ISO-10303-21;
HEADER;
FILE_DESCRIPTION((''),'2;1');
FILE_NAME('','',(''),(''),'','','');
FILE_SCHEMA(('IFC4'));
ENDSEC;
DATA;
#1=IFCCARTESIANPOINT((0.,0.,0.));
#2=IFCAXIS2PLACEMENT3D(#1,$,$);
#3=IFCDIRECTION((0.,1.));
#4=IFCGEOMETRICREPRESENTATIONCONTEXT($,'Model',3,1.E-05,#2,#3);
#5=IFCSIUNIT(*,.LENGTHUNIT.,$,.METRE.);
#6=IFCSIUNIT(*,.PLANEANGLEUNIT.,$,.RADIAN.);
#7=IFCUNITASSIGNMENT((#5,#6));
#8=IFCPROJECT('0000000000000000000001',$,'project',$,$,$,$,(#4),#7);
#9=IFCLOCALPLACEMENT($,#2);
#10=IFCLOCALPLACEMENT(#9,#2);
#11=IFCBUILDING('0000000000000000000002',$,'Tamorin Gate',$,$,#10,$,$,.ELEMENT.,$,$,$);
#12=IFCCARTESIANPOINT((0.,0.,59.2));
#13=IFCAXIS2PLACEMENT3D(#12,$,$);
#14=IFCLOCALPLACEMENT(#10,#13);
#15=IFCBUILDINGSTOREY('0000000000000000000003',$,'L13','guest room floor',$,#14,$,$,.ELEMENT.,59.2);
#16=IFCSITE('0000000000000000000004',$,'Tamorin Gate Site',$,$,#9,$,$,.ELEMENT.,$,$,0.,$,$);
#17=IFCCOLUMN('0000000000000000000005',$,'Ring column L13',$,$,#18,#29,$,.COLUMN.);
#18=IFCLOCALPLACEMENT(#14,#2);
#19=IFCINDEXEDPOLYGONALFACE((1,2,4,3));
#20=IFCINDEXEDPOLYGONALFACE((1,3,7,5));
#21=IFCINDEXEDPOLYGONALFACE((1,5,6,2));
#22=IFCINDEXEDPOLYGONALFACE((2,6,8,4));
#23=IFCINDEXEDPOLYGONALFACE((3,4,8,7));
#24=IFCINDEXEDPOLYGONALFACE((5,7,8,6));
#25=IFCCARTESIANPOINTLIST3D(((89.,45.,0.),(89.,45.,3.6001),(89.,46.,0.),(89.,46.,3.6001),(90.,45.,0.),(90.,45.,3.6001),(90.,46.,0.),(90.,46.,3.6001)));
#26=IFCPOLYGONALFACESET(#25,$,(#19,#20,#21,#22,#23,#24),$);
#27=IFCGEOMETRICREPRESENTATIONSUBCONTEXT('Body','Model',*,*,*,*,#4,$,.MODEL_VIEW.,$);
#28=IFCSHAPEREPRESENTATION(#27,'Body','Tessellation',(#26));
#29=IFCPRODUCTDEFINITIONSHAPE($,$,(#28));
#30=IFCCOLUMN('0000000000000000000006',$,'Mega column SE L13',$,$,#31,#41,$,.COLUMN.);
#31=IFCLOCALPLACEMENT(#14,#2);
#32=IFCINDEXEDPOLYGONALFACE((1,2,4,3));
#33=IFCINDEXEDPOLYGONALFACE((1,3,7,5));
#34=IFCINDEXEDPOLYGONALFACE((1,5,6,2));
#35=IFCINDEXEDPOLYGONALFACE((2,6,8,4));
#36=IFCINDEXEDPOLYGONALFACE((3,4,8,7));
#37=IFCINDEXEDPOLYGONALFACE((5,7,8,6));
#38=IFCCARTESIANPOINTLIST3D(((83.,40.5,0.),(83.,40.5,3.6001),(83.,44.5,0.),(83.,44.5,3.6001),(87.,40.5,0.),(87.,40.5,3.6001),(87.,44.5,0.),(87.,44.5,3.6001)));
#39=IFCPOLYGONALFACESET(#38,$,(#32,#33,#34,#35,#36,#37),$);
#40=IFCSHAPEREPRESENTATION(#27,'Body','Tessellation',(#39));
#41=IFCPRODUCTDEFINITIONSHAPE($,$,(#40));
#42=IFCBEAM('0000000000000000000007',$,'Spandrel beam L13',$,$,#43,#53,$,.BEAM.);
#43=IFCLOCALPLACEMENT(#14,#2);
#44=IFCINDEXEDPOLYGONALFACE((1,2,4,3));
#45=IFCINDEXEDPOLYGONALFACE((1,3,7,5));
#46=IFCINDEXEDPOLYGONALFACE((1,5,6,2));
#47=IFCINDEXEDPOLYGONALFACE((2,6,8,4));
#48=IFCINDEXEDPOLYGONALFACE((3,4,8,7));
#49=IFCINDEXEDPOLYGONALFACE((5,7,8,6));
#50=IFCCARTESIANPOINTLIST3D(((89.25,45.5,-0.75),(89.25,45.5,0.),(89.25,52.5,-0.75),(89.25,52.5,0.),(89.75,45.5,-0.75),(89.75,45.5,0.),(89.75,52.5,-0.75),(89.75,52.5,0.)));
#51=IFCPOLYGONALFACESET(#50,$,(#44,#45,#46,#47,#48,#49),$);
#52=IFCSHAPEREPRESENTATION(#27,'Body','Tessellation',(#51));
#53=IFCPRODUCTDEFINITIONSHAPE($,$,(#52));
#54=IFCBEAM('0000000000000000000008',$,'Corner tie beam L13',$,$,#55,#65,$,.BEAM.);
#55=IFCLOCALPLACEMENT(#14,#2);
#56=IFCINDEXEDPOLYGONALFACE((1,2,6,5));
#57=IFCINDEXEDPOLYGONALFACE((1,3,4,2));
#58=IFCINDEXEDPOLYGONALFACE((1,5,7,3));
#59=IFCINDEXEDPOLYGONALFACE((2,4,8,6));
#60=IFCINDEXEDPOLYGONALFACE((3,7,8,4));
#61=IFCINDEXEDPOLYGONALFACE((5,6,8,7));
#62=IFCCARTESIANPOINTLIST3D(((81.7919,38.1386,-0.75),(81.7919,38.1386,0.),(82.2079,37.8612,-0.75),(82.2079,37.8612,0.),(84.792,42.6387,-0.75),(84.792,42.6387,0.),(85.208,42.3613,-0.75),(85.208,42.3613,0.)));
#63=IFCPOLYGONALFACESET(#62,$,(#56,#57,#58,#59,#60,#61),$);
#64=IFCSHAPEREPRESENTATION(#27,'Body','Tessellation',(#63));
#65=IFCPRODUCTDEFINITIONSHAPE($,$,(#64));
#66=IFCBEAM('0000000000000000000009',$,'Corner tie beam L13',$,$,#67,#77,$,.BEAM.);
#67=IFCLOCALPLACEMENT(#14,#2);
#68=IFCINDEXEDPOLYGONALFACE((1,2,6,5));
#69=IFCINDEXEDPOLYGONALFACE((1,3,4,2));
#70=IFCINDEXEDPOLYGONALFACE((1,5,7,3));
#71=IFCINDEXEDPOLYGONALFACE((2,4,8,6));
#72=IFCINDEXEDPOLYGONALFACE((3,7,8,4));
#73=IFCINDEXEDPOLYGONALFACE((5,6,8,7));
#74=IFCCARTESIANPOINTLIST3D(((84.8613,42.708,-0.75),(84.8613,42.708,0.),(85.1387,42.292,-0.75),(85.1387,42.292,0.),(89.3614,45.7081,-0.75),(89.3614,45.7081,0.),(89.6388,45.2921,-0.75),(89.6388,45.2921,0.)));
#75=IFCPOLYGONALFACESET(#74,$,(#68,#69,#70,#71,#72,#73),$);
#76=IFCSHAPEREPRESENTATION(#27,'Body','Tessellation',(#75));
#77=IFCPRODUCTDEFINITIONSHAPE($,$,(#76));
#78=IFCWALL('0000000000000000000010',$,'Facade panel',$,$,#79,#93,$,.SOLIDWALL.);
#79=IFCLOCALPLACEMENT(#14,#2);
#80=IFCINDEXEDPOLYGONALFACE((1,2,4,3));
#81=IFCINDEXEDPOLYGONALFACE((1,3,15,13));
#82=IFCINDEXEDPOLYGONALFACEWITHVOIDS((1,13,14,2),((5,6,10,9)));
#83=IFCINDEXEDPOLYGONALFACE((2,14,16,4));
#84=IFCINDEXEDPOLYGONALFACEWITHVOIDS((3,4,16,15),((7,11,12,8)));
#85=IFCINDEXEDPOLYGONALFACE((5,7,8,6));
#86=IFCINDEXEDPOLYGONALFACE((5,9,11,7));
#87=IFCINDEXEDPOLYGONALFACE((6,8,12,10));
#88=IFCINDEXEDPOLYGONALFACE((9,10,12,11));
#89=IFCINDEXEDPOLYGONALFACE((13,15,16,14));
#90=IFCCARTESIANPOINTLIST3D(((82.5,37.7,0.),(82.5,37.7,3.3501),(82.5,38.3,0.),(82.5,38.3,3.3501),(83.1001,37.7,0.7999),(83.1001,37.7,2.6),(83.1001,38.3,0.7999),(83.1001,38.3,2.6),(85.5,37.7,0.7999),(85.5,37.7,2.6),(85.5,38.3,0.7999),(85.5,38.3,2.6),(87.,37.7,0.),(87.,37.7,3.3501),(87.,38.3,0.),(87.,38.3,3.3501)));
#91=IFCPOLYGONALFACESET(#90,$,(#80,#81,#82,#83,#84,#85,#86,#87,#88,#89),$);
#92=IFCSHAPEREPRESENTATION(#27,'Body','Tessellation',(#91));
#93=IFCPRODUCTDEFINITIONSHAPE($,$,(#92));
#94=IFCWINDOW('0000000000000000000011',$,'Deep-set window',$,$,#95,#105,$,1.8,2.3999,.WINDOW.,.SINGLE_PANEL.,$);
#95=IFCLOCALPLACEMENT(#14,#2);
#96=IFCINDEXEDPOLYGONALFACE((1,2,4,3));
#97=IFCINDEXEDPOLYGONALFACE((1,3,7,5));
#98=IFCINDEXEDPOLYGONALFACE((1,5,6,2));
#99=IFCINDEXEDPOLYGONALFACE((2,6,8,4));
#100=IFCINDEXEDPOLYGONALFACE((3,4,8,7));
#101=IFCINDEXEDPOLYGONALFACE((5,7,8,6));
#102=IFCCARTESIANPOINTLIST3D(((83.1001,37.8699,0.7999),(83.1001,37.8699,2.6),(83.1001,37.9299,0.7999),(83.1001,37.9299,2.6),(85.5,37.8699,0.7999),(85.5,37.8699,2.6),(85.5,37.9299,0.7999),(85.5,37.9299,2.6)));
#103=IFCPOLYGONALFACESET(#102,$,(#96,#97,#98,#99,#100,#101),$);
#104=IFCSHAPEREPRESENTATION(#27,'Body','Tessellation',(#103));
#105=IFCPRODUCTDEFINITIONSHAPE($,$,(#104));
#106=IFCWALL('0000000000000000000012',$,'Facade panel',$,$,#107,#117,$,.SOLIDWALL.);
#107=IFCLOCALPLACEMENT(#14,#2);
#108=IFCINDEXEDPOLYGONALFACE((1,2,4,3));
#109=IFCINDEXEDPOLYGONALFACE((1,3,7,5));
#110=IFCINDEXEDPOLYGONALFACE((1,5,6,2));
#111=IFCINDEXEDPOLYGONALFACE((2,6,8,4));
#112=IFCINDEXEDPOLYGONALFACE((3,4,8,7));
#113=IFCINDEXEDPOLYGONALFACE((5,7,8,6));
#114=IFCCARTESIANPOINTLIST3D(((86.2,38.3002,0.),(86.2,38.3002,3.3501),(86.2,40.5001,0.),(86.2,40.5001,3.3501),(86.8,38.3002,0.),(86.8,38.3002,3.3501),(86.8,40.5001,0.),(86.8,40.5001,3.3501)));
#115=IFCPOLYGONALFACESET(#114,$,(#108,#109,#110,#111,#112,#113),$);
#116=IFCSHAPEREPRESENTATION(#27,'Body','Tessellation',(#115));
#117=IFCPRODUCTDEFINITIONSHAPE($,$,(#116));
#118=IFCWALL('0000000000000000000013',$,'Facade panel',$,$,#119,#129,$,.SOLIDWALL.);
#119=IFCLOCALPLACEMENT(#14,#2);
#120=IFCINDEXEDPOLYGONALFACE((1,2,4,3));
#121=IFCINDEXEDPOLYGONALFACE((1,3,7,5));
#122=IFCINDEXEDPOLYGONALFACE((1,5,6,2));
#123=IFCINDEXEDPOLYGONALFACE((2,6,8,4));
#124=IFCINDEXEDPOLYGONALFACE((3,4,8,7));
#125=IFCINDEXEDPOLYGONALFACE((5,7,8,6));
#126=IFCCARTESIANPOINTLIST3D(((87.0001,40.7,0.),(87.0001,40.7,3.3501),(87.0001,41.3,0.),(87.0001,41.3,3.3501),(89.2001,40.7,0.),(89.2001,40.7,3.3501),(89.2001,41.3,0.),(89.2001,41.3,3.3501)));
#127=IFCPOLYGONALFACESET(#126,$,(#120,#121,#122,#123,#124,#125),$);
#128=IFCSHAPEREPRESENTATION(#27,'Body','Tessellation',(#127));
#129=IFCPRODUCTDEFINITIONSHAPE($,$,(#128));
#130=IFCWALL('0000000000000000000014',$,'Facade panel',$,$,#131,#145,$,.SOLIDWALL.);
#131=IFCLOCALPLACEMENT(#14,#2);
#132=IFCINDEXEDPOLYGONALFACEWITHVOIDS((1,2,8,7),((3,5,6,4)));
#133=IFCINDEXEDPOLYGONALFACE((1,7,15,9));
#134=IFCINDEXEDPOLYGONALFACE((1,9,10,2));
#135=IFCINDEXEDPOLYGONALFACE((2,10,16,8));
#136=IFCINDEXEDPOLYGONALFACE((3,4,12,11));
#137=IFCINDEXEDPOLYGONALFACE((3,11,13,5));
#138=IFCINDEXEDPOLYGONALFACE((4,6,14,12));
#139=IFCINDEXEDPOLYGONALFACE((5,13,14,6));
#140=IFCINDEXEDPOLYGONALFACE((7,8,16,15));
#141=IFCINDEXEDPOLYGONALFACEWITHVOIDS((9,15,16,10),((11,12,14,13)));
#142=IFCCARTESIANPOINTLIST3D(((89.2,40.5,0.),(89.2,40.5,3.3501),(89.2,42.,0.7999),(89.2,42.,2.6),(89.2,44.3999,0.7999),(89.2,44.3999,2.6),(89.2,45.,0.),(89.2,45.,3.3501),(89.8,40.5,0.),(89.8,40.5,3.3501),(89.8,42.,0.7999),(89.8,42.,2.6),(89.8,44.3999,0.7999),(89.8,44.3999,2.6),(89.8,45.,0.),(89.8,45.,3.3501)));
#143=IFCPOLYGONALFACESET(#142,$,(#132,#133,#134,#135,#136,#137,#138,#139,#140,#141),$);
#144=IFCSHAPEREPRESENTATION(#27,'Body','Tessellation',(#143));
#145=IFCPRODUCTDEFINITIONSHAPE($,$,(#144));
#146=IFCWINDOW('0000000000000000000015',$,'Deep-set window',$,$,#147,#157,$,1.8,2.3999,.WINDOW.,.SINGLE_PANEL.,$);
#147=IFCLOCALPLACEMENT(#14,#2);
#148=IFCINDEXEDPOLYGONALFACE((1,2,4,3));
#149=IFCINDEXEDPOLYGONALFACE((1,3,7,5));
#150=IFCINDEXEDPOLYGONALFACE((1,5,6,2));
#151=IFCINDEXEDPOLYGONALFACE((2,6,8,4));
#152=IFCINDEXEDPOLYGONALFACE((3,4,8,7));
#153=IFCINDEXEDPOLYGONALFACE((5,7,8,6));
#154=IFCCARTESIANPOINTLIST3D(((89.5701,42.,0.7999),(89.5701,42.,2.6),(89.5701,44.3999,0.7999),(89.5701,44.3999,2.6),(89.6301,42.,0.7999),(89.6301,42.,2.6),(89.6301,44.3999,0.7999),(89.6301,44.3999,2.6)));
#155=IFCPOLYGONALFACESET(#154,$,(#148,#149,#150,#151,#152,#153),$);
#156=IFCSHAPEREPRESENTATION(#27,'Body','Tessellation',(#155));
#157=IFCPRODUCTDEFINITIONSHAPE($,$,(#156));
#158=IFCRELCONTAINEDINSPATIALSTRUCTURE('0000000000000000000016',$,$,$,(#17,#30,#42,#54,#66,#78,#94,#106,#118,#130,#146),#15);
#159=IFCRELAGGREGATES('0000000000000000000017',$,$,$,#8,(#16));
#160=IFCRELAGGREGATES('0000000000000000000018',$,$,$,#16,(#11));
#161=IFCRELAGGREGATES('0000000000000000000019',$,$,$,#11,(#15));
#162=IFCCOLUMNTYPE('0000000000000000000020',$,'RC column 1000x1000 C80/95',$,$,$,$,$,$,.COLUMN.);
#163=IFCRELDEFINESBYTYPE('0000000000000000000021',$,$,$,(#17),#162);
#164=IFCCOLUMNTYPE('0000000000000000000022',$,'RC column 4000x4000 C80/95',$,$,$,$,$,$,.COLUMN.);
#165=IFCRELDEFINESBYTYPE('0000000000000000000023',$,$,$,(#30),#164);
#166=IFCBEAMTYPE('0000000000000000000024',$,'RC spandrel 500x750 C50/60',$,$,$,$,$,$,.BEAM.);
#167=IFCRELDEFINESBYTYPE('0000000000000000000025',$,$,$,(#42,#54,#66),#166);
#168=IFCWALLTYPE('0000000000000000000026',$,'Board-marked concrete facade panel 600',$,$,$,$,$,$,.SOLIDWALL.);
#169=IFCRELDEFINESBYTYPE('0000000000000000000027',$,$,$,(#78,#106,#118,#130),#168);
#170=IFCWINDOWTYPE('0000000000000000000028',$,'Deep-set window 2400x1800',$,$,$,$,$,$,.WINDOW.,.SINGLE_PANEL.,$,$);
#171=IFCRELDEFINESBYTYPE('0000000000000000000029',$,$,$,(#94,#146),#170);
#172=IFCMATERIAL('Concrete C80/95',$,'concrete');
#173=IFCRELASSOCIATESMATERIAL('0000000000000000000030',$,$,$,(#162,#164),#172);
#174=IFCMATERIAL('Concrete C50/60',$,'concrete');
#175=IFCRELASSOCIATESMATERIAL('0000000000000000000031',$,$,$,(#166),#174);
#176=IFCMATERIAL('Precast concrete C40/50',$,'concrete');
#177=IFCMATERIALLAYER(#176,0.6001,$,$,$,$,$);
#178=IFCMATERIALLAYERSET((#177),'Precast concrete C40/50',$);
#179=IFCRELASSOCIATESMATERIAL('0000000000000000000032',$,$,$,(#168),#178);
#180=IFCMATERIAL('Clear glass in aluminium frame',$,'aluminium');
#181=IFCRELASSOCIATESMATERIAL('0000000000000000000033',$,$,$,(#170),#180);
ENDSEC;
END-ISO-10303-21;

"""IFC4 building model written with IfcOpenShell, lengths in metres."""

from ifc_helpers import new_model, si_unit, direction, frame, frame_2d, origin, origin_2d, place, context, subcontext, project, spatial, rectangle, extrude, material, layer, layer_set, material_profile, profile_set, type_object, element, fill, save


model = new_model("IFC4")

# Units and contexts
model_context = context("Model", 3, precision=1e-05, world=origin(), true_north=direction((0.0, 1.0)))
body_context = subcontext(model_context, "Body", "Model", "MODEL_VIEW")
ifc_project = project(units=[si_unit("LENGTHUNIT", "METRE"), si_unit("PLANEANGLEUNIT", "RADIAN")], contexts=[model_context])

# Site, building, storey
site_placement = place(None, origin())
site = spatial("IfcSite", under=ifc_project, at=site_placement, Name="Tamorin Gate Site", CompositionType="ELEMENT", RefElevation=0.0)
building_placement = place(site_placement, origin())
building = spatial("IfcBuilding", under=site, at=building_placement, Name="Tamorin Gate", CompositionType="ELEMENT")
storey_placement = place(building_placement, frame((0.0, 0.0, 59.2)))
storey = spatial("IfcBuildingStorey", under=building, at=storey_placement, Name="L13", Description="guest room floor", CompositionType="ELEMENT", Elevation=59.2)

# Columns
ifc_material_1 = material(Name="Concrete C80/95", Category="concrete")
ifc_material_profile_1 = material_profile(ifc_material_1, rectangle(XDim=1.0, YDim=1.0, at=origin_2d()), Name="RC 1000x1000")
ifc_profile_set_1 = profile_set([ifc_material_profile_1], Name="Concrete C80/95")
column_type_1 = type_object("IfcColumnType", Name="RC column 1000x1000 C80/95", PredefinedType="COLUMN", material=ifc_profile_set_1)
column_1_placement = place(storey_placement, frame((89.5, 45.5, 0.0), z_axis=(0.0, 0.0, 1.0), x_axis=(1.0, 0.0, 0.0)))
element("IfcColumn", 1, at=column_1_placement, inside=storey, type_object=column_type_1, Name="Ring column L13", PredefinedType="COLUMN", context=body_context, shape_type="SweptSolid", body=[
    extrude(rectangle(XDim=1.0, YDim=1.0, at=origin_2d()), origin(), (0.0, 0.0, 1.0), 3.6001),
])
ifc_material_profile_2 = material_profile(ifc_material_1, rectangle(XDim=4.0, YDim=4.0, at=origin_2d()), Name="RC 4000x4000")
ifc_profile_set_2 = profile_set([ifc_material_profile_2], Name="Concrete C80/95")
column_type_2 = type_object("IfcColumnType", Name="RC column 4000x4000 C80/95", PredefinedType="COLUMN", material=ifc_profile_set_2)
column_2_placement = place(storey_placement, frame((85.0, 42.5, 0.0), z_axis=(0.0, 0.0, 1.0), x_axis=(1.0, 0.0, 0.0)))
element("IfcColumn", 2, at=column_2_placement, inside=storey, type_object=column_type_2, Name="Mega column SE L13", PredefinedType="COLUMN", context=body_context, shape_type="SweptSolid", body=[
    extrude(rectangle(XDim=4.0, YDim=4.0, at=origin_2d()), origin(), (0.0, 0.0, 1.0), 3.6001),
])

# Beams
ifc_material_2 = material(Name="Concrete C50/60", Category="concrete")
ifc_material_profile_3 = material_profile(ifc_material_2, rectangle(XDim=0.5, YDim=0.75, at=origin_2d()), Name="RC 500x750")
ifc_profile_set_3 = profile_set([ifc_material_profile_3], Name="Concrete C50/60")
beam_type = type_object("IfcBeamType", Name="RC spandrel 500x750 C50/60", PredefinedType="BEAM", material=ifc_profile_set_3)
beam_placement = place(storey_placement, frame((89.5, 45.5, -0.375), z_axis=(0.0, 1.0, 0.0), x_axis=(-1.0, 0.0, 0.0)))
element("IfcBeam", 3, at=beam_placement, inside=storey, type_object=beam_type, Name="Spandrel beam L13", PredefinedType="BEAM", context=body_context, shape_type="SweptSolid", body=[
    extrude(rectangle(XDim=0.5, YDim=0.75, at=origin_2d()), origin(), (0.0, 0.0, 1.0), 7.0),
])
for number, where, z_axis, x_axis, name in (
    (4, (85.0, 42.5, -0.375), (-0.5547, -0.83205, 0.0), (0.83205, -0.5547, 0.0), "Corner tie beam L13"),
    (5, (85.0, 42.5, -0.375), (0.83205, 0.5547, 0.0), (-0.5547, 0.83205, 0.0), "Corner tie beam L13"),
):
    element("IfcBeam", number, at=place(storey_placement, frame(where, z_axis=z_axis, x_axis=x_axis)), inside=storey, type_object=beam_type, Name=name, PredefinedType="BEAM", context=body_context, shape_type="SweptSolid", body=[
        extrude(rectangle(XDim=0.5, YDim=0.75, at=origin_2d()), origin(), (0.0, 0.0, 1.0), 5.4084),
    ])

# Wall, opening, window
ifc_material_3 = material(Name="Precast concrete C40/50", Category="concrete")
ifc_layer_1 = layer(ifc_material_3, 0.6001)
ifc_layer_set_1 = layer_set([ifc_layer_1], Name="Precast concrete C40/50")
wall_type_1 = type_object("IfcWallType", Name="Board-marked concrete facade panel 600", PredefinedType="SOLIDWALL", material=ifc_layer_set_1)
wall_1_placement = place(storey_placement, frame((82.5, 38.0, 0.0), z_axis=(0.0, 0.0, 1.0), x_axis=(1.0, 0.0, 0.0)))
wall_1 = element("IfcWall", 6, at=wall_1_placement, inside=storey, type_object=wall_type_1, Name="Facade panel", PredefinedType="SOLIDWALL", context=body_context, shape_type="SweptSolid", body=[
    extrude(rectangle(XDim=4.5, YDim=0.6001, at=frame_2d((2.25, 0.0))), origin(), (0.0, 0.0, 1.0), 3.3501),
])
opening_1_placement = place(wall_1_placement, frame((0.6001, 0.0, 0.8)))
opening_1 = element("IfcOpeningElement", 7, at=opening_1_placement, cuts=wall_1, PredefinedType="OPENING", context=body_context, shape_type="SweptSolid", body=[
    extrude(rectangle(XDim=2.3999, YDim=1.8, at=frame_2d((1.2, 0.8999))), frame((0.0, 0.3101, 0.0), z_axis=(0.0, -1.0, 0.0), x_axis=(1.0, 0.0, 0.0)), (0.0, 0.0, 1.0), 0.6201),
])
ifc_material_4 = material(Name="Clear glass in aluminium frame", Category="aluminium")
window_type = type_object("IfcWindowType", Name="Deep-set window 2400x1800", PartitioningType="SINGLE_PANEL", PredefinedType="WINDOW", material=ifc_material_4)
window_1_placement = place(opening_1_placement, origin())
window_1 = element("IfcWindow", 8, at=window_1_placement, inside=storey, type_object=window_type, Name="Deep-set window", OverallHeight=1.8, OverallWidth=2.3999, PartitioningType="SINGLE_PANEL", PredefinedType="WINDOW", context=body_context, shape_type="SweptSolid", body=[
    extrude(rectangle(XDim=2.3999, YDim=1.8, at=frame_2d((1.2, 0.8999))), frame((0.0, -0.0701, 0.0), z_axis=(0.0, -1.0, 0.0), x_axis=(1.0, 0.0, 0.0)), (0.0, 0.0, 1.0), 0.0601),
])
fill(opening_1, window_1)

# Walls
for number, where, z_axis, x_axis, name in (
    (9, (86.5, 38.3, 0.0), (0.0, 0.0, 1.0), (0.0, 1.0, 0.0), "Facade panel"),
    (10, (87.0, 41.0, 0.0), (0.0, 0.0, 1.0), (1.0, 0.0, 0.0), "Facade panel"),
):
    element("IfcWall", number, at=place(storey_placement, frame(where, z_axis=z_axis, x_axis=x_axis)), inside=storey, type_object=wall_type_1, Name=name, PredefinedType="SOLIDWALL", context=body_context, shape_type="SweptSolid", body=[
        extrude(rectangle(XDim=2.2, YDim=0.6001, at=frame_2d((1.1001, 0.0))), origin(), (0.0, 0.0, 1.0), 3.3501),
    ])

# Wall, opening, window
wall_2_placement = place(storey_placement, frame((89.5, 40.5, 0.0), z_axis=(0.0, 0.0, 1.0), x_axis=(0.0, 1.0, 0.0)))
wall_2 = element("IfcWall", 11, at=wall_2_placement, inside=storey, type_object=wall_type_1, Name="Facade panel", PredefinedType="SOLIDWALL", context=body_context, shape_type="SweptSolid", body=[
    extrude(rectangle(XDim=4.5, YDim=0.6001, at=frame_2d((2.25, 0.0))), origin(), (0.0, 0.0, 1.0), 3.3501),
])
opening_2_placement = place(wall_2_placement, frame((1.5, 0.0, 0.8)))
opening_2 = element("IfcOpeningElement", 12, at=opening_2_placement, cuts=wall_2, PredefinedType="OPENING", context=body_context, shape_type="SweptSolid", body=[
    extrude(rectangle(XDim=2.3999, YDim=1.8, at=frame_2d((1.2, 0.8999))), frame((0.0, 0.3101, 0.0), z_axis=(0.0, -1.0, 0.0), x_axis=(1.0, 0.0, 0.0)), (0.0, 0.0, 1.0), 0.6201),
])
window_2_placement = place(opening_2_placement, origin())
window_2 = element("IfcWindow", 13, at=window_2_placement, inside=storey, type_object=window_type, Name="Deep-set window", OverallHeight=1.8, OverallWidth=2.3999, PartitioningType="SINGLE_PANEL", PredefinedType="WINDOW", context=body_context, shape_type="SweptSolid", body=[
    extrude(rectangle(XDim=2.3999, YDim=1.8, at=frame_2d((1.2, 0.8999))), frame((0.0, -0.0701, 0.0), z_axis=(0.0, -1.0, 0.0), x_axis=(1.0, 0.0, 0.0)), (0.0, 0.0, 1.0), 0.0601),
])
fill(opening_2, window_2)

save(model, "model.ifc")
